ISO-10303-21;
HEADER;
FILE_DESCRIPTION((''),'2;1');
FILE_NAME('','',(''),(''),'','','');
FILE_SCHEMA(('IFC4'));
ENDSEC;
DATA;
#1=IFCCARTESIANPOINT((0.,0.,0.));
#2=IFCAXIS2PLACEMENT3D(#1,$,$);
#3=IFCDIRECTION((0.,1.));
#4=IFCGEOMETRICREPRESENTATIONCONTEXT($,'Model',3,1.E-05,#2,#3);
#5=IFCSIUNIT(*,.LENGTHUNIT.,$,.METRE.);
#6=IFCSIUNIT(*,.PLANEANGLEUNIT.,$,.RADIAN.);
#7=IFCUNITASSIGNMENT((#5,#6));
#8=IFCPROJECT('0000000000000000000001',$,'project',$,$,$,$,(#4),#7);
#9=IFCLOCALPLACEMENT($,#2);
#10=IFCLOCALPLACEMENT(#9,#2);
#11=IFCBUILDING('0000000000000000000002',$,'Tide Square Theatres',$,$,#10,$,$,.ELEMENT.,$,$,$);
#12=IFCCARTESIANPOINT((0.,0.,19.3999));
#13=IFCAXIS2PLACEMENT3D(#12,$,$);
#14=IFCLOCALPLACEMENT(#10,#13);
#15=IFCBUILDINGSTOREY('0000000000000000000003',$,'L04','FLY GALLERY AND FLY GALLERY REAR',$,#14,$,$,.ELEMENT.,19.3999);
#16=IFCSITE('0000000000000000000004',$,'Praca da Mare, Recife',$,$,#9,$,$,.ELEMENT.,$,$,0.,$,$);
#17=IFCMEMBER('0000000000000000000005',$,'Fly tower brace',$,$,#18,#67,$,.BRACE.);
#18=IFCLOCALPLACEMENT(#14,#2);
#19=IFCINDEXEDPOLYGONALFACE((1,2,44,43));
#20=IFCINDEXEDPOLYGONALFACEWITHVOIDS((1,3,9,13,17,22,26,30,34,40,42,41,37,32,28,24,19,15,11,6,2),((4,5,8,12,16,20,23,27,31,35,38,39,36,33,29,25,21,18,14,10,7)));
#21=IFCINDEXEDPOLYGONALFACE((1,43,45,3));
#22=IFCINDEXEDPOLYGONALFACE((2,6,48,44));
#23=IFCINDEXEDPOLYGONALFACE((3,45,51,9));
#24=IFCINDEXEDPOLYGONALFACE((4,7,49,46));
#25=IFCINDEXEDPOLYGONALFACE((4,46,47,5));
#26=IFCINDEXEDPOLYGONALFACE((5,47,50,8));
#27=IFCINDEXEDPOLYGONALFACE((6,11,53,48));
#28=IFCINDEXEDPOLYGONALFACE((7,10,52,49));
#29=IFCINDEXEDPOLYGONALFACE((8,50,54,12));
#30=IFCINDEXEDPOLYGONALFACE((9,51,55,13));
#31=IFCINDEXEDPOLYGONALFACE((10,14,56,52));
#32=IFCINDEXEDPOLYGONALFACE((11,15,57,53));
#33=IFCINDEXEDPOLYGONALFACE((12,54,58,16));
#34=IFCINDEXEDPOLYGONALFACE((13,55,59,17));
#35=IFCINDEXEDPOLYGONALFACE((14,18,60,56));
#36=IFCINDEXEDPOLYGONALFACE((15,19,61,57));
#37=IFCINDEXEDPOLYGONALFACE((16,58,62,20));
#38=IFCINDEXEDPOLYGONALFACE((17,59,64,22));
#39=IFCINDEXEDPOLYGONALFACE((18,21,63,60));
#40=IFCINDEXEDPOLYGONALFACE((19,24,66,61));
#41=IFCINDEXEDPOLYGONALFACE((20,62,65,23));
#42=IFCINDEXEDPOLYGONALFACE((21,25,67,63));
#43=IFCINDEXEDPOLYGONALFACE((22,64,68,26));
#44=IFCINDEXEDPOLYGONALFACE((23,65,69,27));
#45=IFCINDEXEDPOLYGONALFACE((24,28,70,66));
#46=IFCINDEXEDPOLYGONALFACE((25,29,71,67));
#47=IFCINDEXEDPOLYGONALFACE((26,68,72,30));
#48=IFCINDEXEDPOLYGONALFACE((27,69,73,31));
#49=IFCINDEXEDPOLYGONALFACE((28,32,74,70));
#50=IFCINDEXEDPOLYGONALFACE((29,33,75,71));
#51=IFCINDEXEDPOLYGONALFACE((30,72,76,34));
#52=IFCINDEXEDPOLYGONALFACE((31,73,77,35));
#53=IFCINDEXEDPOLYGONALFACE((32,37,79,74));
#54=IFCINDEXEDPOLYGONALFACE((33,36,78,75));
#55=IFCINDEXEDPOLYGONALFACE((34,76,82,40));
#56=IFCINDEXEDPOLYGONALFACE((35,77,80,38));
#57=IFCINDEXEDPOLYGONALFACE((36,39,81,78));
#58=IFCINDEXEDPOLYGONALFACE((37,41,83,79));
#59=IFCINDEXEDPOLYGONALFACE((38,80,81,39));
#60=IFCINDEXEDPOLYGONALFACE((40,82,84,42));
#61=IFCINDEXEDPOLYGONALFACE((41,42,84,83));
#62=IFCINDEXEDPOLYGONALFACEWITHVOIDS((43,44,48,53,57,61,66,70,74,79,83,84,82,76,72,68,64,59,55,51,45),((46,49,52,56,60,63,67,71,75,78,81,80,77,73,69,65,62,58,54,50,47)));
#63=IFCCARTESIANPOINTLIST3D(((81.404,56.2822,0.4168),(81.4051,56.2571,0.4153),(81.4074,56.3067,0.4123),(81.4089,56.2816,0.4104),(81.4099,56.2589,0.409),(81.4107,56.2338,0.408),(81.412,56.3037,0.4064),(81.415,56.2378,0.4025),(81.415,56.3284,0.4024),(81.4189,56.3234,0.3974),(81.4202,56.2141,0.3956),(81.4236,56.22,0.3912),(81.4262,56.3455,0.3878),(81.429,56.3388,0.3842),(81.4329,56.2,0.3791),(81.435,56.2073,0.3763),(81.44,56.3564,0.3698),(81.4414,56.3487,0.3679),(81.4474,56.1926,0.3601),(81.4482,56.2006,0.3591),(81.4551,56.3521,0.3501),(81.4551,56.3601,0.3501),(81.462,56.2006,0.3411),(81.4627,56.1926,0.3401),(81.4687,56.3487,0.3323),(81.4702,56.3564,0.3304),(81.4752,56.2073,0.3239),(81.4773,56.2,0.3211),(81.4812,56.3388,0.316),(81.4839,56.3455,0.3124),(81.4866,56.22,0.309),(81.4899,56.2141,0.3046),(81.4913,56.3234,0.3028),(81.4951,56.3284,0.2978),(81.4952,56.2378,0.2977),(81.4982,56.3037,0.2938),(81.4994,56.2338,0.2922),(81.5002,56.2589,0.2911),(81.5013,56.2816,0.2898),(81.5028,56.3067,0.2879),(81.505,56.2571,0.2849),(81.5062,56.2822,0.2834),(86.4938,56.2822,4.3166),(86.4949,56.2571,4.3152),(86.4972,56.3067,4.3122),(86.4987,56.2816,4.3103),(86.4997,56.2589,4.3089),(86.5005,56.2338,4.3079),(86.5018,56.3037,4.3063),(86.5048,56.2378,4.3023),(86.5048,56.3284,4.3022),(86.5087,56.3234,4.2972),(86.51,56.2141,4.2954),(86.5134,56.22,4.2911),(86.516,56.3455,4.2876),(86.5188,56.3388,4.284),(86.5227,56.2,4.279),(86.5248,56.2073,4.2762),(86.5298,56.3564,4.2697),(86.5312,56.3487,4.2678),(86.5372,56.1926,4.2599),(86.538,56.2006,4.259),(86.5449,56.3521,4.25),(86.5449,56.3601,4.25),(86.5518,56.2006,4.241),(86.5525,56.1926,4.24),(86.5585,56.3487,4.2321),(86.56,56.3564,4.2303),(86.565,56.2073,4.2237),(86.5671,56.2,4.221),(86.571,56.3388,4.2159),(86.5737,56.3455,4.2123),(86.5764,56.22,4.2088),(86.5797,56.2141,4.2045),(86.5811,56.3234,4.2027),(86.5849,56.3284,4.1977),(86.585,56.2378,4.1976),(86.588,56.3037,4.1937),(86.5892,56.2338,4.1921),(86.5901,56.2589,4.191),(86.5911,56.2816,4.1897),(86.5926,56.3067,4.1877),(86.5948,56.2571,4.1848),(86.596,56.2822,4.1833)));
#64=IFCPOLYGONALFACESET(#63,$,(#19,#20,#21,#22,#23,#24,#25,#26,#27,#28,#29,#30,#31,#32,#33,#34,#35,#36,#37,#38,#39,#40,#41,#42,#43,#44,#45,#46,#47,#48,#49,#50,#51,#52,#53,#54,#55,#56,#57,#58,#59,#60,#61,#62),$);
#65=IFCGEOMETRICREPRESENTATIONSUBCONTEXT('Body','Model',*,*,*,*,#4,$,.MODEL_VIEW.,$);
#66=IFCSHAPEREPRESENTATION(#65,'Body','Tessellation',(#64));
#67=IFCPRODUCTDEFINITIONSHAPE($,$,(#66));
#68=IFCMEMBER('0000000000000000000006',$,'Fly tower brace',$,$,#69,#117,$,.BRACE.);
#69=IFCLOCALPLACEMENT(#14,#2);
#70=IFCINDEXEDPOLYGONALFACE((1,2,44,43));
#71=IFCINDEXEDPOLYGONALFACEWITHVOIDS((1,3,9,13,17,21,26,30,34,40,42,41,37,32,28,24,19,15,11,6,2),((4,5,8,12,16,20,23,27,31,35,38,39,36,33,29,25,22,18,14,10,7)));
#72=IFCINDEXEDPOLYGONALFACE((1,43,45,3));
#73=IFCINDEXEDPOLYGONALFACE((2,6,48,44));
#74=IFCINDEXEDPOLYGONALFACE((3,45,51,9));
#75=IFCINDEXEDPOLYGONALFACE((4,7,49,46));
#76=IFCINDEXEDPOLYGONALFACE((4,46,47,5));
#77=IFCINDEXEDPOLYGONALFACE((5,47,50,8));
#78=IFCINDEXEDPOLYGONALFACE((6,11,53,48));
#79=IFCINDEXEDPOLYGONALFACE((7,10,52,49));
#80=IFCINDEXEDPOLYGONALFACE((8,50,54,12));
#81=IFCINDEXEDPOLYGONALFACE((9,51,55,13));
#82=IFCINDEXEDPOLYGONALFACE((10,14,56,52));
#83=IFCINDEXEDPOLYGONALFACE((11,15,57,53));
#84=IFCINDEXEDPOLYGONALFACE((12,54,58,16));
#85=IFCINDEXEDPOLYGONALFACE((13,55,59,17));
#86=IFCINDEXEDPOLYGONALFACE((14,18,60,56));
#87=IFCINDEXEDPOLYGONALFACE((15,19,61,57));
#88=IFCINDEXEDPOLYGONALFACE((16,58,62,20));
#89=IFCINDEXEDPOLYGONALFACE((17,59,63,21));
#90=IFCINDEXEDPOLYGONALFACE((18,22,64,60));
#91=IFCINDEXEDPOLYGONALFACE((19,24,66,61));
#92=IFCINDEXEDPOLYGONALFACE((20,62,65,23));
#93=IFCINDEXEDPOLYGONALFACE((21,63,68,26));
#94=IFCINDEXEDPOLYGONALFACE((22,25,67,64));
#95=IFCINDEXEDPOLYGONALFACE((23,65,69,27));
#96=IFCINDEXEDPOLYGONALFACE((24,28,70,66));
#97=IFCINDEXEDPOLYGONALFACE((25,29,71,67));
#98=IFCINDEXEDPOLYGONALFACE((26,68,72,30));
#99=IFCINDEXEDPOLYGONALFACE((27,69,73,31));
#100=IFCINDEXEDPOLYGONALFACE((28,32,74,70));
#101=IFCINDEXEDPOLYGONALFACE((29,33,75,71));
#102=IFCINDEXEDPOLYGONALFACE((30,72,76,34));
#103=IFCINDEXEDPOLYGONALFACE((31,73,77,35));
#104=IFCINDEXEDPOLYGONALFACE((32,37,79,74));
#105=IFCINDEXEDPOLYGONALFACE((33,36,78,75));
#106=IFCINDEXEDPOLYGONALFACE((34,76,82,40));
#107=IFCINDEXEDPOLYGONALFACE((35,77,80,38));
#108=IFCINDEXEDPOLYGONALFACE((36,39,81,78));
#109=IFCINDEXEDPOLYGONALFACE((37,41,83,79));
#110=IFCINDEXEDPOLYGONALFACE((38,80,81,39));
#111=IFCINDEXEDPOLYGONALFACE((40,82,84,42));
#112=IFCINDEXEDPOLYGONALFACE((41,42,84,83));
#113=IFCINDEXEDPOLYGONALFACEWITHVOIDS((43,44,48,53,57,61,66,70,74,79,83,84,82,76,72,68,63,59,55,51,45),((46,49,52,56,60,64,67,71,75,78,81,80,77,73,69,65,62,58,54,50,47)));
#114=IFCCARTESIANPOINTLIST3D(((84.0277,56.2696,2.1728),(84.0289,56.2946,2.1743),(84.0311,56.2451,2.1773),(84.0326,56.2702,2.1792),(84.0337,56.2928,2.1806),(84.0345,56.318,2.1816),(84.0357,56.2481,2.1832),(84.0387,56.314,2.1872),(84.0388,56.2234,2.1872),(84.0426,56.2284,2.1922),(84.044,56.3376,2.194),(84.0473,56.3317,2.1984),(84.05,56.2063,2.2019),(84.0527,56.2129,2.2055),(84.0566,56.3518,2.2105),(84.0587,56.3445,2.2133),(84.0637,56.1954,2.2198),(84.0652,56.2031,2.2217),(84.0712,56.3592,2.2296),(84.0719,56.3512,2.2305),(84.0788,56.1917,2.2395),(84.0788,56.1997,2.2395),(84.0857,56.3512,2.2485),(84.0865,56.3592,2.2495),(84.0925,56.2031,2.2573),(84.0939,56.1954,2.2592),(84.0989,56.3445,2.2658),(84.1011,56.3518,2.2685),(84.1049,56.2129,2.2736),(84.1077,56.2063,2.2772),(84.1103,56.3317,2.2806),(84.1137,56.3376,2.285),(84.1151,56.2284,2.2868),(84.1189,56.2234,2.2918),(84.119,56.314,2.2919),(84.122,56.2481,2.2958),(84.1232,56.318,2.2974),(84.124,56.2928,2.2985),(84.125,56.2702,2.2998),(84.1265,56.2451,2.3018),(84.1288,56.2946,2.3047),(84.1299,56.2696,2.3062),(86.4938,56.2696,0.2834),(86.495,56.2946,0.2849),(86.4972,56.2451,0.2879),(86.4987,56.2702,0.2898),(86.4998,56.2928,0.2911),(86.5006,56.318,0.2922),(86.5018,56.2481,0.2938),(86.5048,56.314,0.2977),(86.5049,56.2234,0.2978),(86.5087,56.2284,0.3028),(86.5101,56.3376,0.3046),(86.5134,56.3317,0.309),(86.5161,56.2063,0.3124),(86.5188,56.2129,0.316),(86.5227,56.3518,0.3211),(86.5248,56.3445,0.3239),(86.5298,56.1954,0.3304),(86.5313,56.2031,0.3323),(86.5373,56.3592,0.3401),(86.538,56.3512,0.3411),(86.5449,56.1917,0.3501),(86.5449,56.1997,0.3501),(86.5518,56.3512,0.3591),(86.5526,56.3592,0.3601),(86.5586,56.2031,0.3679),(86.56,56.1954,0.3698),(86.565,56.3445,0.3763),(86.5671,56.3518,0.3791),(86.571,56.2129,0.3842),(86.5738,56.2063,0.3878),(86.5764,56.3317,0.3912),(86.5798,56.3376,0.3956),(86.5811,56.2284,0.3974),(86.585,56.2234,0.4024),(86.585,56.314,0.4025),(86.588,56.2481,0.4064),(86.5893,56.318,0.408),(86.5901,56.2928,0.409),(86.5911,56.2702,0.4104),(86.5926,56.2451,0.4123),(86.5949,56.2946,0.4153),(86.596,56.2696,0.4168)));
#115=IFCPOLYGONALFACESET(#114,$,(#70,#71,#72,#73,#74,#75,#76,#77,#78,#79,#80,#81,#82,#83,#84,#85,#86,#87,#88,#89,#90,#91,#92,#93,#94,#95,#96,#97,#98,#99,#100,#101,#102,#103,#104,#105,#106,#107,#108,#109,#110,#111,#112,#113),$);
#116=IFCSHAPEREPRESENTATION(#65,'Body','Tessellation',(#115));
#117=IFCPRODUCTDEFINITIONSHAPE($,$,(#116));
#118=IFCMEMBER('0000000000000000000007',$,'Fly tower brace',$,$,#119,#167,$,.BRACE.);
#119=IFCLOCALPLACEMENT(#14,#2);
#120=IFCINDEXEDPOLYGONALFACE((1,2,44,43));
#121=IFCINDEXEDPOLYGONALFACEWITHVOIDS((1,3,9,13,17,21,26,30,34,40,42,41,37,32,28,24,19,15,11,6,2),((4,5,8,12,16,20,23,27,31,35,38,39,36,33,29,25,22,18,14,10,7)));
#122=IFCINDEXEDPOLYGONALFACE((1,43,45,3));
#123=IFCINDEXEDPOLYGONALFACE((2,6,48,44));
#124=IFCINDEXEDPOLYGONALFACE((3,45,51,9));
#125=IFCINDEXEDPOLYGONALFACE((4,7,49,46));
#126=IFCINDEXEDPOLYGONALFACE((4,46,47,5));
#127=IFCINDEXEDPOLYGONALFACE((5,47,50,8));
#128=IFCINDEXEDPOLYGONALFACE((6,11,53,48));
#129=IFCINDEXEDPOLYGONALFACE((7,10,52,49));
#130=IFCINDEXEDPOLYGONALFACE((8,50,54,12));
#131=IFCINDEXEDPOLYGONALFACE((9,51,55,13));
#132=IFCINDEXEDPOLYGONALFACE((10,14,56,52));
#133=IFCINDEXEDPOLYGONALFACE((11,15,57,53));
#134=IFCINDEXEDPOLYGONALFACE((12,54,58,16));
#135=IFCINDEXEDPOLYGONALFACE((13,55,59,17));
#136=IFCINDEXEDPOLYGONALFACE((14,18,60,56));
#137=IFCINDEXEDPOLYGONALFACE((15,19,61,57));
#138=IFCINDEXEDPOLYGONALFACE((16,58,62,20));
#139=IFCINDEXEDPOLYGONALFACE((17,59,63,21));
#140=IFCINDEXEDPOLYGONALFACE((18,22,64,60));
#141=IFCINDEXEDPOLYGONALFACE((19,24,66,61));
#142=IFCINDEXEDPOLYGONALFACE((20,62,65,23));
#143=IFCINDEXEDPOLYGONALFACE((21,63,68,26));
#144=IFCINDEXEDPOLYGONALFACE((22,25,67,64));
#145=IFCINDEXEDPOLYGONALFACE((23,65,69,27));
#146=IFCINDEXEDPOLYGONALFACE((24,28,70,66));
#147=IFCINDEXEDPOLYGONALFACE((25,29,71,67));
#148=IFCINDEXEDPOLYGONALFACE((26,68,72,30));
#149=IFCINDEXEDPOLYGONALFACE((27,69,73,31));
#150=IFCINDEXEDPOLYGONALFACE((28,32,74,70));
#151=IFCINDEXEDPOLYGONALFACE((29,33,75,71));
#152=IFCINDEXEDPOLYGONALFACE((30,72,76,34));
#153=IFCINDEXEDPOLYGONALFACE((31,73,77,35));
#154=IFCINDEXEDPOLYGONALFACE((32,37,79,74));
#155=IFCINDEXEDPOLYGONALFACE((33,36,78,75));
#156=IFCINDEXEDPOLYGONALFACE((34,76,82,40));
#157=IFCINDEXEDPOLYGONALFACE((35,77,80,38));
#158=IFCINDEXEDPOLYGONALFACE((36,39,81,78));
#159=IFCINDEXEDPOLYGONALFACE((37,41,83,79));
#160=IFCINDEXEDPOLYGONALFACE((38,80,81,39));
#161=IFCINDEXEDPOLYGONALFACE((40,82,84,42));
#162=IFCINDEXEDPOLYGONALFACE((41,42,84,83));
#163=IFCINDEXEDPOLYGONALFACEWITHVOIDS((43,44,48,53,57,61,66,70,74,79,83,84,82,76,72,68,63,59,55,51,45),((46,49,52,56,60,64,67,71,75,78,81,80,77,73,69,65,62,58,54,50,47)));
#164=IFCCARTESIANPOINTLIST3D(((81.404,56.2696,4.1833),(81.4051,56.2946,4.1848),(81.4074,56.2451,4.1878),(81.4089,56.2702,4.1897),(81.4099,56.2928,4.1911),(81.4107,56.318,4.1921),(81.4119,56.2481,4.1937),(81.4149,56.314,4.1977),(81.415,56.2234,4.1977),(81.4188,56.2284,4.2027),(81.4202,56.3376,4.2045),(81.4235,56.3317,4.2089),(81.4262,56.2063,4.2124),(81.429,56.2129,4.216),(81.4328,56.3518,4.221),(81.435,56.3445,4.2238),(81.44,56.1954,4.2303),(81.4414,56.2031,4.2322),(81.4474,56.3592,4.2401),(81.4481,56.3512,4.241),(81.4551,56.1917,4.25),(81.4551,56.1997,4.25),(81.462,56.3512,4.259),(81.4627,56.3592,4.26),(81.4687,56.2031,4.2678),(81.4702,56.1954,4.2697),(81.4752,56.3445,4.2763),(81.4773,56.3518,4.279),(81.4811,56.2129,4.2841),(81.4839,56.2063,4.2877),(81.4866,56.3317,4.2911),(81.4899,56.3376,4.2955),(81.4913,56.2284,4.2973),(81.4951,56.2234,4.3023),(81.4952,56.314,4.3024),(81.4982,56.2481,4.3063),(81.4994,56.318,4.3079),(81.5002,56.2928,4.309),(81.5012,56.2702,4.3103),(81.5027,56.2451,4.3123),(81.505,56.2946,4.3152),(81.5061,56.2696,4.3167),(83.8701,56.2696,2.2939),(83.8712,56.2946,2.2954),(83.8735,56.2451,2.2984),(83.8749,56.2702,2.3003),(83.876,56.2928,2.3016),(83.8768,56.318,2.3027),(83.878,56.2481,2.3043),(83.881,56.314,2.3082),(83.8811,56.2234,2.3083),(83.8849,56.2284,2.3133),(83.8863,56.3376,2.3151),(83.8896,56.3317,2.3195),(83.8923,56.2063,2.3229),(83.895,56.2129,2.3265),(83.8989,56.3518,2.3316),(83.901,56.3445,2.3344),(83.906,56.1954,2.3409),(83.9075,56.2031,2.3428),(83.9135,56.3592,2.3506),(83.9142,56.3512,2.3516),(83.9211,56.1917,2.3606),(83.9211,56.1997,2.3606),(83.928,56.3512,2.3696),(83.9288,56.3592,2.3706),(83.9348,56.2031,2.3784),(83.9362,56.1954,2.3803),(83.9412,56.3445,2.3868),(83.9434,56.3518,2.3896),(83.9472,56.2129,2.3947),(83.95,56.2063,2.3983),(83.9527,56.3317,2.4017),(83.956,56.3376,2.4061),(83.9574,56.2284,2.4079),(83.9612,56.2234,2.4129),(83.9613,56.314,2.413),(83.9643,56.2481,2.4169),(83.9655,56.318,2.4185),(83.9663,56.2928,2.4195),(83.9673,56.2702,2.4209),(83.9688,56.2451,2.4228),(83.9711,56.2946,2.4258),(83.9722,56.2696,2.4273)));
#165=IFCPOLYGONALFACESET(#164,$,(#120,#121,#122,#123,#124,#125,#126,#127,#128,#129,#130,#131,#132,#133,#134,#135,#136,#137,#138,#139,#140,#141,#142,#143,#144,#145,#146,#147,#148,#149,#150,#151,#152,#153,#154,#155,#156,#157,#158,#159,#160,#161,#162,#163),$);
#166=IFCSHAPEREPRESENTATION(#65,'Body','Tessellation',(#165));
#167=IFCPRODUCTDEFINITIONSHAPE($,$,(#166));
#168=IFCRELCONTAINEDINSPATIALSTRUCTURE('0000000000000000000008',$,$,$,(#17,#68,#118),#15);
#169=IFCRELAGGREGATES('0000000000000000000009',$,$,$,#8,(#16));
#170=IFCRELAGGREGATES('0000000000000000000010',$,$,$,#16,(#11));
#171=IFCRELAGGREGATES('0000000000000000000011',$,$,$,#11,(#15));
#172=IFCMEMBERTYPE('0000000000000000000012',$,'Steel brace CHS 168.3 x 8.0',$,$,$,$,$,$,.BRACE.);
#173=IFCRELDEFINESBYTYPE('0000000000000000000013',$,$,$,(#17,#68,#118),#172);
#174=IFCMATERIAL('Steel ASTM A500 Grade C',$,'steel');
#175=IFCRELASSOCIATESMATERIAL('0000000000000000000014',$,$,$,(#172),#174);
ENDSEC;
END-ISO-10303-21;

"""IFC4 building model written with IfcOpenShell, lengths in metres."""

from ifc_helpers import new_model, si_unit, direction, frame, origin, origin_2d, place, context, subcontext, project, spatial, hollow_circle, extrude, material, material_profile, profile_set, type_object, element, save


model = new_model("IFC4")

# Units and contexts
model_context = context("Model", 3, precision=1e-05, world=origin(), true_north=direction((0.0, 1.0)))
body_context = subcontext(model_context, "Body", "Model", "MODEL_VIEW")
ifc_project = project(units=[si_unit("LENGTHUNIT", "METRE"), si_unit("PLANEANGLEUNIT", "RADIAN")], contexts=[model_context])

# Site, building, storey
site_placement = place(None, origin())
site = spatial("IfcSite", under=ifc_project, at=site_placement, Name="Praca da Mare, Recife", CompositionType="ELEMENT", RefElevation=0.0)
building_placement = place(site_placement, origin())
building = spatial("IfcBuilding", under=site, at=building_placement, Name="Tide Square Theatres", CompositionType="ELEMENT")
storey_placement = place(building_placement, frame((0.0, 0.0, 19.3999)))
storey = spatial("IfcBuildingStorey", under=building, at=storey_placement, Name="L04", Description="FLY GALLERY AND FLY GALLERY REAR", CompositionType="ELEMENT", Elevation=19.3999)

# Members
ifc_material_1 = material(Name="Steel ASTM A500 Grade C", Category="steel")
ifc_material_profile_1 = material_profile(ifc_material_1, hollow_circle(Radius=0.0842, WallThickness=0.0081, at=origin_2d()))
ifc_profile_set_1 = profile_set([ifc_material_profile_1], Name="Steel ASTM A500 Grade C")
member_type = type_object("IfcMemberType", Name="Steel brace CHS 168.3 x 8.0", PredefinedType="BRACE", material=ifc_profile_set_1)
member_1_placement = place(storey_placement, frame((81.4551, 56.2759, 0.3501), z_axis=(0.79378, 0.0, 0.608205), x_axis=(0.0, 1.0, 0.0)))
element("IfcMember", 1, at=member_1_placement, inside=storey, type_object=member_type, Name="Fly tower brace", PredefinedType="BRACE", context=body_context, shape_type="SweptSolid", body=[
    extrude(hollow_circle(Radius=0.0842, WallThickness=0.0081, at=origin_2d()), origin(), (0.0, 0.0, 1.0), 6.4121),
])
for number, where, z_axis, x_axis, name in (
    (2, (86.5449, 56.2759, 0.3501), (-0.7938, 0.0, 0.608179), (0.0, -1.0, 0.0), "Fly tower brace"),
    (3, (83.9211, 56.2759, 2.3606), (-0.7938, 0.0, 0.608179), (0.0, -1.0, 0.0), "Fly tower brace"),
):
    element("IfcMember", number, at=place(storey_placement, frame(where, z_axis=z_axis, x_axis=x_axis)), inside=storey, type_object=member_type, Name=name, PredefinedType="BRACE", context=body_context, shape_type="SweptSolid", body=[
        extrude(hollow_circle(Radius=0.0842, WallThickness=0.0081, at=origin_2d()), origin(), (0.0, 0.0, 1.0), 3.1067),
    ])

save(model, "model.ifc")
